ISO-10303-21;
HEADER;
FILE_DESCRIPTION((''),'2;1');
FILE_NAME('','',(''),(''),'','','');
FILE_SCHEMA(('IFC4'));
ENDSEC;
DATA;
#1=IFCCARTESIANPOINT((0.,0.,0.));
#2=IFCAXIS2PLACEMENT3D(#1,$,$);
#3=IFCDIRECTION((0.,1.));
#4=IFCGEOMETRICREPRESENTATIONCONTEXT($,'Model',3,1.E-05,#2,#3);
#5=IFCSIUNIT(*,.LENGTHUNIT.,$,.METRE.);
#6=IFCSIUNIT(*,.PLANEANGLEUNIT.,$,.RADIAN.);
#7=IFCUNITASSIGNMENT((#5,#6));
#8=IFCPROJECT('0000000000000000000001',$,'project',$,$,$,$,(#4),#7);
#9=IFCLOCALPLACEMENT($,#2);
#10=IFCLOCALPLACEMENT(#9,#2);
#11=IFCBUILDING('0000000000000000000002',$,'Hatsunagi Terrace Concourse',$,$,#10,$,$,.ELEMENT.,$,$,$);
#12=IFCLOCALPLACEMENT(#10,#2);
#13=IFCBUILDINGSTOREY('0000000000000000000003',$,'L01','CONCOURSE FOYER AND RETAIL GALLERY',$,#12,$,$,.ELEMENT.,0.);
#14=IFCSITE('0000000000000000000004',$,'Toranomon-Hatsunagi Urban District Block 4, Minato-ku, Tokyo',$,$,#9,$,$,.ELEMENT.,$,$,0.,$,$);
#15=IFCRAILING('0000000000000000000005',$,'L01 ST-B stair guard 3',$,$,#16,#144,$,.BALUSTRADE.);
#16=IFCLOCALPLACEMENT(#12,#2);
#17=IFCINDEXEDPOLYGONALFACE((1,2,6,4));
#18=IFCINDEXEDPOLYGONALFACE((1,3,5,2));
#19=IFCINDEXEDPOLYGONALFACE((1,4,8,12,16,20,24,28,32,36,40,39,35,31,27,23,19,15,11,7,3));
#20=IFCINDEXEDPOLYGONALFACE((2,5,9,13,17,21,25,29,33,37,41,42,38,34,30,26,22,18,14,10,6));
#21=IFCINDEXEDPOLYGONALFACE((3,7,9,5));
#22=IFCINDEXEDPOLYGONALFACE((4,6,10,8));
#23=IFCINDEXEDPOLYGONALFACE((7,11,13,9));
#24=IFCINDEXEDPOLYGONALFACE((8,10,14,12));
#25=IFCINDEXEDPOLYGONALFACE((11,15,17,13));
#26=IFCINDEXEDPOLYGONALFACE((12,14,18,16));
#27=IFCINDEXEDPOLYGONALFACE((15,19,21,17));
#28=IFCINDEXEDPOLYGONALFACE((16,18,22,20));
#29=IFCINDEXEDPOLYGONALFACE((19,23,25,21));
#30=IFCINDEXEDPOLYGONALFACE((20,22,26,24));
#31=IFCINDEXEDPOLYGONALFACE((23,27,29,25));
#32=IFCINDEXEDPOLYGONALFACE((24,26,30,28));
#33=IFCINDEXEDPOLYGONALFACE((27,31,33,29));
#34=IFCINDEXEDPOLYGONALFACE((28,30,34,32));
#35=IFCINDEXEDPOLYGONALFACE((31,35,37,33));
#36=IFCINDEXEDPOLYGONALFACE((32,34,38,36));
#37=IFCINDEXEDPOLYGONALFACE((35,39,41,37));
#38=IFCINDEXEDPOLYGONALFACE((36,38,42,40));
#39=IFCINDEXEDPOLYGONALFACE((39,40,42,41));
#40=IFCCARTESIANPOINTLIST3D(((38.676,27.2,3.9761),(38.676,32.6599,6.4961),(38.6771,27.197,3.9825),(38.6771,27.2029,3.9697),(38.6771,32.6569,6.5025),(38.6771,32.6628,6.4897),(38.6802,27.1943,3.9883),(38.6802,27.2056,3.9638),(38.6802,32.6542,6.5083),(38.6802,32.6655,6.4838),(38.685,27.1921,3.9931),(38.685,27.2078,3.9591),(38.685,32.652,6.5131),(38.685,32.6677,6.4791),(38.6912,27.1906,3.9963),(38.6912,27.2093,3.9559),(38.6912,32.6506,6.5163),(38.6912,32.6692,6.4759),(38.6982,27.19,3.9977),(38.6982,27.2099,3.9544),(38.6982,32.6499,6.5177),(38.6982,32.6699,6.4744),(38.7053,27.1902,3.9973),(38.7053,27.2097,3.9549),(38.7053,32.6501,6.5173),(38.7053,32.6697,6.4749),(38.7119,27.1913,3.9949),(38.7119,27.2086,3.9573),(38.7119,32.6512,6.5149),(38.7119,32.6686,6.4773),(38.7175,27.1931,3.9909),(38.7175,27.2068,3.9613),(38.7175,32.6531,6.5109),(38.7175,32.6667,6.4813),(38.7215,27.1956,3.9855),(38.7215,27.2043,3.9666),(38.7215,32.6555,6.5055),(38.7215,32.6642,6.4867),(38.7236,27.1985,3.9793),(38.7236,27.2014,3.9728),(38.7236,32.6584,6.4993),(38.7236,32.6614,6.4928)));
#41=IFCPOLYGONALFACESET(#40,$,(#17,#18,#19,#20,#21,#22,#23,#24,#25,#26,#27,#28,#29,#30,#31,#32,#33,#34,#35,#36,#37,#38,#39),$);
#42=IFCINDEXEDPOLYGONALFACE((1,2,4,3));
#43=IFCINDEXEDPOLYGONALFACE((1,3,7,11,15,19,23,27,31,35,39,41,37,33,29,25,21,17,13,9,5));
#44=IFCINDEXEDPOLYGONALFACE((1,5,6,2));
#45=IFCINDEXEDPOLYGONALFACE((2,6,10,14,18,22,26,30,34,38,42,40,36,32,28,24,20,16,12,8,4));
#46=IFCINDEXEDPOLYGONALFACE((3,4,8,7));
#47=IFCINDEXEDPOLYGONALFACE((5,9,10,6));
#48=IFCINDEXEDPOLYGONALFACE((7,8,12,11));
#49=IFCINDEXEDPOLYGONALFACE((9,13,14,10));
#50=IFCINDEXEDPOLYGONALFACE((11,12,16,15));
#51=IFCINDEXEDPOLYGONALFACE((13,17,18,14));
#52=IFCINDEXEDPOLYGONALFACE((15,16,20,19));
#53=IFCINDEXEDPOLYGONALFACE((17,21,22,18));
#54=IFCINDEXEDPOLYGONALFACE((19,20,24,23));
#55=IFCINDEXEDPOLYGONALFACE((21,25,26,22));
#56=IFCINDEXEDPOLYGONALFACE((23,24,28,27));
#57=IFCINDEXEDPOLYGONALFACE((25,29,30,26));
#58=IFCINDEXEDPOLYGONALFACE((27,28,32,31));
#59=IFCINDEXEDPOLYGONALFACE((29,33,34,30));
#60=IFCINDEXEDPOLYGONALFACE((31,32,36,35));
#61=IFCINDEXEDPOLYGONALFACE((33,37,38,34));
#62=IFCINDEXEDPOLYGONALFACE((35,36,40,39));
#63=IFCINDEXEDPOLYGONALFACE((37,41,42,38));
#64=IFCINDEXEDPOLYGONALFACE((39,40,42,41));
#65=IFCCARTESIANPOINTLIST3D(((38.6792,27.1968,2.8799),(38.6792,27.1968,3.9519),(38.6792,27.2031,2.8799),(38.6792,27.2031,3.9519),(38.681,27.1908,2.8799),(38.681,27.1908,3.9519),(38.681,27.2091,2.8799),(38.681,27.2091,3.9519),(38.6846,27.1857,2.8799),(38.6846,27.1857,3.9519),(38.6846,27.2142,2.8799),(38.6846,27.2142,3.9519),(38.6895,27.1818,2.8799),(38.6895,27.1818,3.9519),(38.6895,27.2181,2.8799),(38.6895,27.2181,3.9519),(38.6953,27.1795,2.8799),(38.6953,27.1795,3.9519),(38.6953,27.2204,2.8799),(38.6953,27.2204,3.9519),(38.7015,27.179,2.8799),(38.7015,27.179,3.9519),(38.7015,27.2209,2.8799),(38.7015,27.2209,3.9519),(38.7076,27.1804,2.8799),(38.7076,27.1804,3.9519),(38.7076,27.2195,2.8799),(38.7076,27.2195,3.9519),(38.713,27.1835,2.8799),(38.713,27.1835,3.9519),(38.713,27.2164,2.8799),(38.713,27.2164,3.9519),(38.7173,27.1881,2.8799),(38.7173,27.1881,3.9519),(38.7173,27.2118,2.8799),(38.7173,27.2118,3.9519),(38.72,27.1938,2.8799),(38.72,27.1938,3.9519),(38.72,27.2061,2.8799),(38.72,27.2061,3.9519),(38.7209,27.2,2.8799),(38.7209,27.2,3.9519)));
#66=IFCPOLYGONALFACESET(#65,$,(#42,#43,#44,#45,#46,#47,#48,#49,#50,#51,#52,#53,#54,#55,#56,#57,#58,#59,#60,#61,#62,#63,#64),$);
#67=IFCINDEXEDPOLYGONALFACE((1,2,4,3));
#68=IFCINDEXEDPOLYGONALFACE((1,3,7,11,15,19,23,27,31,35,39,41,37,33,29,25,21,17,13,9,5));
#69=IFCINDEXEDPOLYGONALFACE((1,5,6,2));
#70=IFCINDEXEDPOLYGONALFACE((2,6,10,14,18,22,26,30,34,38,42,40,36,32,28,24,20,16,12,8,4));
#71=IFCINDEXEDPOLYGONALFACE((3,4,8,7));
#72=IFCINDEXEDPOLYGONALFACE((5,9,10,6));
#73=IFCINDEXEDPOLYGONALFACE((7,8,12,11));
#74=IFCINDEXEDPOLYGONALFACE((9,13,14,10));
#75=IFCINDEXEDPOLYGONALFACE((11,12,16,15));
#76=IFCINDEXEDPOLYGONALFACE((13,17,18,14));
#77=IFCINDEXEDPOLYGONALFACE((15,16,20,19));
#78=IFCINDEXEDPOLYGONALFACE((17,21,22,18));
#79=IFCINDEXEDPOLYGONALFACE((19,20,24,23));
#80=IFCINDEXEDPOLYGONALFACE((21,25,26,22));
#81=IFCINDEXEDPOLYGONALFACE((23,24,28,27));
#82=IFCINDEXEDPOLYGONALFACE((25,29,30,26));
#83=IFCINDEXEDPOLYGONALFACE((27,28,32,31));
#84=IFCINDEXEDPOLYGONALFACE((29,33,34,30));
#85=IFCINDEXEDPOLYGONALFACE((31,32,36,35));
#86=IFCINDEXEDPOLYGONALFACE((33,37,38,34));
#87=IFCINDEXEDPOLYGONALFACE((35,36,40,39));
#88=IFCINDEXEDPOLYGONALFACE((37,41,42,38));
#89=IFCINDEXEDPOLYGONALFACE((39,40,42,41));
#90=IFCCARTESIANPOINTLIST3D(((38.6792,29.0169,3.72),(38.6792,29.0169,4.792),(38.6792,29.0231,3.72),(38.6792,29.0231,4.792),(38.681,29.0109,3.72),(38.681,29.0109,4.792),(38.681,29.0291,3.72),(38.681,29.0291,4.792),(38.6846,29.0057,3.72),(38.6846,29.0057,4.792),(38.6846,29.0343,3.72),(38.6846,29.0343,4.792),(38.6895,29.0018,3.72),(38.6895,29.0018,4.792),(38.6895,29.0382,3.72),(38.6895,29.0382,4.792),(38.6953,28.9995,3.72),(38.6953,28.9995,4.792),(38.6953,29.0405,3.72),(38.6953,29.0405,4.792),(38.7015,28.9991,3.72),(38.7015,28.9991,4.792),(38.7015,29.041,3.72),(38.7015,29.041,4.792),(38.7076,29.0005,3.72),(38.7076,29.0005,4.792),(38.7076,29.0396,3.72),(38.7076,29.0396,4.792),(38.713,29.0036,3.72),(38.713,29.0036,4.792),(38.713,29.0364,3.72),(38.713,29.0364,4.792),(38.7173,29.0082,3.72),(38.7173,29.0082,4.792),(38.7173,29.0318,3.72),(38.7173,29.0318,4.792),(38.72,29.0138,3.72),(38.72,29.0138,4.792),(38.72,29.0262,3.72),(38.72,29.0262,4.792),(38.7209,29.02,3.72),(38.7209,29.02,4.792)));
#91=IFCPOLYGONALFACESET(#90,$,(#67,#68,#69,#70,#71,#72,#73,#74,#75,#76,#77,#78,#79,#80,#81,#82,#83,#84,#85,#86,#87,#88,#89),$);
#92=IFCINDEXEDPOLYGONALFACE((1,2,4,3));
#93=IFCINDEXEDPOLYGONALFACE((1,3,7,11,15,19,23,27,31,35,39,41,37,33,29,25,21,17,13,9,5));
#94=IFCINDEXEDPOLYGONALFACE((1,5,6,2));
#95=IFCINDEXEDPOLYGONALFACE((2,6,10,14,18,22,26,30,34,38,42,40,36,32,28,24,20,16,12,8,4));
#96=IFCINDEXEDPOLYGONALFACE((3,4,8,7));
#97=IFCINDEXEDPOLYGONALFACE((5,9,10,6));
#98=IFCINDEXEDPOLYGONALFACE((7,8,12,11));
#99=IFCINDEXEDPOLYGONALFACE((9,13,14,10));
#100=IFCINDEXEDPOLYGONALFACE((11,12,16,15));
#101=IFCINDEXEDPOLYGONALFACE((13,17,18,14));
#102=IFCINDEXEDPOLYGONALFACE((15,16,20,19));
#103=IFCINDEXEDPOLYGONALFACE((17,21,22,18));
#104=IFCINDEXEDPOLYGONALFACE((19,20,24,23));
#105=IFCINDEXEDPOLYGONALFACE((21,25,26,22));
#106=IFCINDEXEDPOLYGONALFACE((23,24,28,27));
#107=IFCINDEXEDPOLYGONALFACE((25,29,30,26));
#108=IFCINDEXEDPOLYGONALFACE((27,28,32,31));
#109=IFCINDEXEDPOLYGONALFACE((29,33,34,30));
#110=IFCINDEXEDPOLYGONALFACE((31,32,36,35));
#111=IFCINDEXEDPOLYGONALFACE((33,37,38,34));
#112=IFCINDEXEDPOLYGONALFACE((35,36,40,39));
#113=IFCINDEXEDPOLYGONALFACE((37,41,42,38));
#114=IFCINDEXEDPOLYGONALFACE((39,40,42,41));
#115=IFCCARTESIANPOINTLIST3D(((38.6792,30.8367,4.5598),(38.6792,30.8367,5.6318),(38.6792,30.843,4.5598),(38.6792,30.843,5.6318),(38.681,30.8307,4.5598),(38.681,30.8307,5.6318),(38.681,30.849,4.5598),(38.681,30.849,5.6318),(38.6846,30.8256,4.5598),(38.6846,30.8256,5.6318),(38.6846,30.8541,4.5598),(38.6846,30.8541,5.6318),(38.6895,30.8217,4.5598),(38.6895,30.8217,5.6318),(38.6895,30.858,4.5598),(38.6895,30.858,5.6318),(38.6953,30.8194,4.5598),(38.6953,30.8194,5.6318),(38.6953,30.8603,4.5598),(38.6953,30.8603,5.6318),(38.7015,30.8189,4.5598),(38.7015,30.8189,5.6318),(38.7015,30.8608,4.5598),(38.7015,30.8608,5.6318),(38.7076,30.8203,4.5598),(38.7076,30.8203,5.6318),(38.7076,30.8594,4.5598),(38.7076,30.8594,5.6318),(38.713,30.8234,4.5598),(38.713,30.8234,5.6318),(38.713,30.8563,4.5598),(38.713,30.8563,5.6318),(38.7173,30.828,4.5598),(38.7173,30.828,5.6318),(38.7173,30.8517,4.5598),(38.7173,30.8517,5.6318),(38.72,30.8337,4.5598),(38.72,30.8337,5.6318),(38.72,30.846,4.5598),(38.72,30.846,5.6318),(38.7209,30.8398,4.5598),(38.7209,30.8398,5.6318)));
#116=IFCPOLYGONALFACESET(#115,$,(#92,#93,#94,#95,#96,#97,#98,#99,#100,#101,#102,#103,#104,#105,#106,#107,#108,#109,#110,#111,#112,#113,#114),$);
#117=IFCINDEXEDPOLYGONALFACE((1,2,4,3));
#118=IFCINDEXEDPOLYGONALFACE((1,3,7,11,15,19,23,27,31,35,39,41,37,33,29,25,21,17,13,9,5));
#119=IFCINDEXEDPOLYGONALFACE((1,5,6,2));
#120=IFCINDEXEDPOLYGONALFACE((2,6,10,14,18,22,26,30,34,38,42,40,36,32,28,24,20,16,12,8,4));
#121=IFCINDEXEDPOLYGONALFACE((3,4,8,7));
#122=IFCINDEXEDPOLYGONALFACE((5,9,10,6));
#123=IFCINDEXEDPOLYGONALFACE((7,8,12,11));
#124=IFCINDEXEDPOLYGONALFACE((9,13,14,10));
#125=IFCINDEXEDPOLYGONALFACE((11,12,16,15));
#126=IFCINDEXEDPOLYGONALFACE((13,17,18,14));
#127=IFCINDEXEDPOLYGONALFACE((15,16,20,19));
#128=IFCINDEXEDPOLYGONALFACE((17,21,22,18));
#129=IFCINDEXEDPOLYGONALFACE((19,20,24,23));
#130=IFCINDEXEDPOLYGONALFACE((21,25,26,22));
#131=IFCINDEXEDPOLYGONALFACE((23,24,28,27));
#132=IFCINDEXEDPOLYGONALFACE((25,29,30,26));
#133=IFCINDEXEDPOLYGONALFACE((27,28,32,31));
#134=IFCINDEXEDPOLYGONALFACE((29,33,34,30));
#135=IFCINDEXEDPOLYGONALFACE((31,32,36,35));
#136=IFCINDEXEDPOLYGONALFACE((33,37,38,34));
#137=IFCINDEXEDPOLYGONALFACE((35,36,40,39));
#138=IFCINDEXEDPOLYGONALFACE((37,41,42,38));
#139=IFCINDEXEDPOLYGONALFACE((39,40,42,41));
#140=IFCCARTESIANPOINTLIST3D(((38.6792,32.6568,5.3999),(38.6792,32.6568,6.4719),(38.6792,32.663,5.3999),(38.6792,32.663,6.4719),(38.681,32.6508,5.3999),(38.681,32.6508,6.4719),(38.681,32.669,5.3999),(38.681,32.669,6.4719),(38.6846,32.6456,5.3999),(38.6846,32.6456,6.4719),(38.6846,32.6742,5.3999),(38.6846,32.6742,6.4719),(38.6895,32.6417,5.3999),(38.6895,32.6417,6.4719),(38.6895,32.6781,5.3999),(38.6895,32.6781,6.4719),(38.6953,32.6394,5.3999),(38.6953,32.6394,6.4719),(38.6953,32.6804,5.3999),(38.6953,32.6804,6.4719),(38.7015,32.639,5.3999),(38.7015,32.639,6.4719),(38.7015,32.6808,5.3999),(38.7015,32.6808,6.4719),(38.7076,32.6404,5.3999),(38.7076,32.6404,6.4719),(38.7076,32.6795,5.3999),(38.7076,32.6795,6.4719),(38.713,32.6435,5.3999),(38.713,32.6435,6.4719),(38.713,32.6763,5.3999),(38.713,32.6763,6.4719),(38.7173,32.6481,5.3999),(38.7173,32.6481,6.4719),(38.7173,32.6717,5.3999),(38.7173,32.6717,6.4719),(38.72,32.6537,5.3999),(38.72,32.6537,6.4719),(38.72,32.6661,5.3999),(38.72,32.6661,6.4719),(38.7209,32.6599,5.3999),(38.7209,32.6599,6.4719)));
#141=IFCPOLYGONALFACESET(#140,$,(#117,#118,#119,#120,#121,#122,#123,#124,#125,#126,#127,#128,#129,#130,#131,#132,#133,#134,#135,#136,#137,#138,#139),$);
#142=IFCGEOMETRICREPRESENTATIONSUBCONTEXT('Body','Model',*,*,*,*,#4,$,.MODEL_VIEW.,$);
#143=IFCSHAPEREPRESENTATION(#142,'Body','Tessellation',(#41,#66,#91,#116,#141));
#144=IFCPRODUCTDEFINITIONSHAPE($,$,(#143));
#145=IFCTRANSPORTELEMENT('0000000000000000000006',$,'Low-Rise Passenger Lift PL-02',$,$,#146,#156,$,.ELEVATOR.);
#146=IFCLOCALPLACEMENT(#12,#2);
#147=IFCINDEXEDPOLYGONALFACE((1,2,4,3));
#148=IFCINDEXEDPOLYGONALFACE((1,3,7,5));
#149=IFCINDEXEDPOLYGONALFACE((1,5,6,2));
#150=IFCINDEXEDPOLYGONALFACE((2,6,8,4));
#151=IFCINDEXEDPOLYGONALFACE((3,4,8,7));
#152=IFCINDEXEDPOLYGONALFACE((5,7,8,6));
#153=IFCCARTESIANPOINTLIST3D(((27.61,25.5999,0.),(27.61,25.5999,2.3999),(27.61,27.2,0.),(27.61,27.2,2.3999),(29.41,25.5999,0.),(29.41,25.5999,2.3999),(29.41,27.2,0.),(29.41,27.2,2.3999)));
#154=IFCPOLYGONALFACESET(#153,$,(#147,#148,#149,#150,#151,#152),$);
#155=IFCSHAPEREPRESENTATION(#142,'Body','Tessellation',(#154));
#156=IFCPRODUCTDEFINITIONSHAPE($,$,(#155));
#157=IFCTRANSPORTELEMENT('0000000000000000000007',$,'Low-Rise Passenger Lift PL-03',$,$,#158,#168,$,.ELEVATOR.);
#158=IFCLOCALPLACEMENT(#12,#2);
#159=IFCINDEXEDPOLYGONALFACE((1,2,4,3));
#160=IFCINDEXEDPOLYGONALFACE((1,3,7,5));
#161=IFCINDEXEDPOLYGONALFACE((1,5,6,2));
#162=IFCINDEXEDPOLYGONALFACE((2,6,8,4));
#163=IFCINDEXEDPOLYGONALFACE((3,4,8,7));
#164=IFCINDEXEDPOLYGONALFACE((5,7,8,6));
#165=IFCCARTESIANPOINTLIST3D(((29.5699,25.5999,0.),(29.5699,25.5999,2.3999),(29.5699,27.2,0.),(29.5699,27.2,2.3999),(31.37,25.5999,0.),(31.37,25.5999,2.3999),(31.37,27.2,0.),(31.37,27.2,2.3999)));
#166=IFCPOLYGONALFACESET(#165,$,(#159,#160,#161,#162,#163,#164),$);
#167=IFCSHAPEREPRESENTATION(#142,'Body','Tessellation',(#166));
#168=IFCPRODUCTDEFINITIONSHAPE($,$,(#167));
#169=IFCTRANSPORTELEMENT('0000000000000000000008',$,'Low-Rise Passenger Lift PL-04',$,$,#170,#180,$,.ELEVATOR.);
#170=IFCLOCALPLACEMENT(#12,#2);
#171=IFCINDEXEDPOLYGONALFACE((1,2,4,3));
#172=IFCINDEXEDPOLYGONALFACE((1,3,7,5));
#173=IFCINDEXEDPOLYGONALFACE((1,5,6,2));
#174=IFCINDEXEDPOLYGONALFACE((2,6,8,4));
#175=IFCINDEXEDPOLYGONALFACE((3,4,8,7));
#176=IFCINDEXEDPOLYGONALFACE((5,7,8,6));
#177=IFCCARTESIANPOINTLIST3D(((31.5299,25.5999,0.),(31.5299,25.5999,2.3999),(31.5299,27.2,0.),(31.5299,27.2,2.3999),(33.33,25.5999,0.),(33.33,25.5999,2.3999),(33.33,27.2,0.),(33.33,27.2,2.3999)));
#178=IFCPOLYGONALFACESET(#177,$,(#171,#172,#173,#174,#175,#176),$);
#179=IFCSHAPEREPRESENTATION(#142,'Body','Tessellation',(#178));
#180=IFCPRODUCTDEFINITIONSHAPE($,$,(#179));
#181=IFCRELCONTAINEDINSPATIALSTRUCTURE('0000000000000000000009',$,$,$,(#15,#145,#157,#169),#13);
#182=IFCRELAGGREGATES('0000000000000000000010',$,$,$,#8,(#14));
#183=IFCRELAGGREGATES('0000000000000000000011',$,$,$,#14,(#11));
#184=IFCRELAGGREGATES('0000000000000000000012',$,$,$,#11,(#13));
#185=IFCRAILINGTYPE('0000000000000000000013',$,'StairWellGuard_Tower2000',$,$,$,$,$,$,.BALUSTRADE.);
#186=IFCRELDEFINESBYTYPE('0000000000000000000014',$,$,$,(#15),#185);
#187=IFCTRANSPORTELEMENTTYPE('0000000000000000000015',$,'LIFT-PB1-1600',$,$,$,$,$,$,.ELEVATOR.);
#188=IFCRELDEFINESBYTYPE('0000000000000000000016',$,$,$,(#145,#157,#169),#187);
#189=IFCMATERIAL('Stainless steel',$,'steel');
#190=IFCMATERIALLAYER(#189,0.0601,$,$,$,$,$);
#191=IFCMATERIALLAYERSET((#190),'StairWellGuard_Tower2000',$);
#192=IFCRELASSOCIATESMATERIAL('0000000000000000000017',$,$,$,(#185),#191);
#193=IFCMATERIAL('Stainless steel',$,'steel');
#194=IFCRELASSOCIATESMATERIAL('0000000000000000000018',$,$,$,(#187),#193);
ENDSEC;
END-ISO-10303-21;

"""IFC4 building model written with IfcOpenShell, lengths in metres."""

from ifc_helpers import new_model, si_unit, direction, frame, origin, origin_2d, place, context, subcontext, project, spatial, rectangle, circle, extrude, material, layer, layer_set, type_object, element, save


model = new_model("IFC4")

# Units and contexts
model_context = context("Model", 3, precision=1e-05, world=origin(), true_north=direction((0.0, 1.0)))
body_context = subcontext(model_context, "Body", "Model", "MODEL_VIEW")
ifc_project = project(units=[si_unit("LENGTHUNIT", "METRE"), si_unit("PLANEANGLEUNIT", "RADIAN")], contexts=[model_context])

# Site, building, storey
site_placement = place(None, origin())
site = spatial("IfcSite", under=ifc_project, at=site_placement, Name="Toranomon-Hatsunagi Urban District Block 4, Minato-ku, Tokyo", CompositionType="ELEMENT", RefElevation=0.0)
building_placement = place(site_placement, origin())
building = spatial("IfcBuilding", under=site, at=building_placement, Name="Hatsunagi Terrace Concourse", CompositionType="ELEMENT")
storey_placement = place(building_placement, origin())
storey = spatial("IfcBuildingStorey", under=building, at=storey_placement, Name="L01", Description="CONCOURSE FOYER AND RETAIL GALLERY", CompositionType="ELEMENT", Elevation=0.0)

# Railing
ifc_material_1 = material(Name="Stainless steel", Category="steel")
ifc_layer_1 = layer(ifc_material_1, 0.0601)
ifc_layer_set_1 = layer_set([ifc_layer_1], Name="StairWellGuard_Tower2000")
railing_type_1 = type_object("IfcRailingType", Name="StairWellGuard_Tower2000", PredefinedType="BALUSTRADE", material=ifc_layer_set_1)
railing_1_placement = place(storey_placement, frame((38.7, 27.2, 2.8799)))
element("IfcRailing", 1, at=railing_1_placement, inside=storey, type_object=railing_type_1, Name="L01 ST-B stair guard 3", PredefinedType="BALUSTRADE", context=body_context, shape_type="SweptSolid", body=[
    extrude(circle(Radius=0.0239, at=origin_2d()), frame((0.0, 0.0, 1.0962), z_axis=(0.0, 0.907957, 0.419063), x_axis=(-1.0, 0.0, 0.0)), (0.0, 0.0, 1.0), 6.0134),
    extrude(circle(Radius=0.021, at=origin_2d()), origin(), (0.0, 0.0, 1.0), 1.072),
    extrude(circle(Radius=0.021, at=origin_2d()), frame((0.0, 1.8201, 0.8401)), (0.0, 0.0, 1.0), 1.072),
    extrude(circle(Radius=0.021, at=origin_2d()), frame((0.0, 3.6399, 1.6799)), (0.0, 0.0, 1.0), 1.072),
    extrude(circle(Radius=0.021, at=origin_2d()), frame((0.0, 5.46, 2.52)), (0.0, 0.0, 1.0), 1.072),
])

# Transport elements
ifc_material_2 = material(Name="Stainless steel", Category="steel")
transport_element_type = type_object("IfcTransportElementType", Name="LIFT-PB1-1600", PredefinedType="ELEVATOR", material=ifc_material_2)
for number, where, z_axis, x_axis, name in (
    (2, (28.51, 26.3999, 0.0), (0.0, 0.0, 1.0), (1.0, 0.0, 0.0), "Low-Rise Passenger Lift PL-02"),
    (3, (30.47, 26.3999, 0.0), (0.0, 0.0, 1.0), (1.0, 0.0, 0.0), "Low-Rise Passenger Lift PL-03"),
    (4, (32.4299, 26.3999, 0.0), (0.0, 0.0, 1.0), (1.0, 0.0, 0.0), "Low-Rise Passenger Lift PL-04"),
):
    element("IfcTransportElement", number, at=place(storey_placement, frame(where, z_axis=z_axis, x_axis=x_axis)), inside=storey, type_object=transport_element_type, Name=name, PredefinedType="ELEVATOR", context=body_context, shape_type="SweptSolid", body=[
        extrude(rectangle(XDim=1.8, YDim=1.6001, at=origin_2d()), origin(), (0.0, 0.0, 1.0), 2.3999),
    ])

save(model, "model.ifc")
